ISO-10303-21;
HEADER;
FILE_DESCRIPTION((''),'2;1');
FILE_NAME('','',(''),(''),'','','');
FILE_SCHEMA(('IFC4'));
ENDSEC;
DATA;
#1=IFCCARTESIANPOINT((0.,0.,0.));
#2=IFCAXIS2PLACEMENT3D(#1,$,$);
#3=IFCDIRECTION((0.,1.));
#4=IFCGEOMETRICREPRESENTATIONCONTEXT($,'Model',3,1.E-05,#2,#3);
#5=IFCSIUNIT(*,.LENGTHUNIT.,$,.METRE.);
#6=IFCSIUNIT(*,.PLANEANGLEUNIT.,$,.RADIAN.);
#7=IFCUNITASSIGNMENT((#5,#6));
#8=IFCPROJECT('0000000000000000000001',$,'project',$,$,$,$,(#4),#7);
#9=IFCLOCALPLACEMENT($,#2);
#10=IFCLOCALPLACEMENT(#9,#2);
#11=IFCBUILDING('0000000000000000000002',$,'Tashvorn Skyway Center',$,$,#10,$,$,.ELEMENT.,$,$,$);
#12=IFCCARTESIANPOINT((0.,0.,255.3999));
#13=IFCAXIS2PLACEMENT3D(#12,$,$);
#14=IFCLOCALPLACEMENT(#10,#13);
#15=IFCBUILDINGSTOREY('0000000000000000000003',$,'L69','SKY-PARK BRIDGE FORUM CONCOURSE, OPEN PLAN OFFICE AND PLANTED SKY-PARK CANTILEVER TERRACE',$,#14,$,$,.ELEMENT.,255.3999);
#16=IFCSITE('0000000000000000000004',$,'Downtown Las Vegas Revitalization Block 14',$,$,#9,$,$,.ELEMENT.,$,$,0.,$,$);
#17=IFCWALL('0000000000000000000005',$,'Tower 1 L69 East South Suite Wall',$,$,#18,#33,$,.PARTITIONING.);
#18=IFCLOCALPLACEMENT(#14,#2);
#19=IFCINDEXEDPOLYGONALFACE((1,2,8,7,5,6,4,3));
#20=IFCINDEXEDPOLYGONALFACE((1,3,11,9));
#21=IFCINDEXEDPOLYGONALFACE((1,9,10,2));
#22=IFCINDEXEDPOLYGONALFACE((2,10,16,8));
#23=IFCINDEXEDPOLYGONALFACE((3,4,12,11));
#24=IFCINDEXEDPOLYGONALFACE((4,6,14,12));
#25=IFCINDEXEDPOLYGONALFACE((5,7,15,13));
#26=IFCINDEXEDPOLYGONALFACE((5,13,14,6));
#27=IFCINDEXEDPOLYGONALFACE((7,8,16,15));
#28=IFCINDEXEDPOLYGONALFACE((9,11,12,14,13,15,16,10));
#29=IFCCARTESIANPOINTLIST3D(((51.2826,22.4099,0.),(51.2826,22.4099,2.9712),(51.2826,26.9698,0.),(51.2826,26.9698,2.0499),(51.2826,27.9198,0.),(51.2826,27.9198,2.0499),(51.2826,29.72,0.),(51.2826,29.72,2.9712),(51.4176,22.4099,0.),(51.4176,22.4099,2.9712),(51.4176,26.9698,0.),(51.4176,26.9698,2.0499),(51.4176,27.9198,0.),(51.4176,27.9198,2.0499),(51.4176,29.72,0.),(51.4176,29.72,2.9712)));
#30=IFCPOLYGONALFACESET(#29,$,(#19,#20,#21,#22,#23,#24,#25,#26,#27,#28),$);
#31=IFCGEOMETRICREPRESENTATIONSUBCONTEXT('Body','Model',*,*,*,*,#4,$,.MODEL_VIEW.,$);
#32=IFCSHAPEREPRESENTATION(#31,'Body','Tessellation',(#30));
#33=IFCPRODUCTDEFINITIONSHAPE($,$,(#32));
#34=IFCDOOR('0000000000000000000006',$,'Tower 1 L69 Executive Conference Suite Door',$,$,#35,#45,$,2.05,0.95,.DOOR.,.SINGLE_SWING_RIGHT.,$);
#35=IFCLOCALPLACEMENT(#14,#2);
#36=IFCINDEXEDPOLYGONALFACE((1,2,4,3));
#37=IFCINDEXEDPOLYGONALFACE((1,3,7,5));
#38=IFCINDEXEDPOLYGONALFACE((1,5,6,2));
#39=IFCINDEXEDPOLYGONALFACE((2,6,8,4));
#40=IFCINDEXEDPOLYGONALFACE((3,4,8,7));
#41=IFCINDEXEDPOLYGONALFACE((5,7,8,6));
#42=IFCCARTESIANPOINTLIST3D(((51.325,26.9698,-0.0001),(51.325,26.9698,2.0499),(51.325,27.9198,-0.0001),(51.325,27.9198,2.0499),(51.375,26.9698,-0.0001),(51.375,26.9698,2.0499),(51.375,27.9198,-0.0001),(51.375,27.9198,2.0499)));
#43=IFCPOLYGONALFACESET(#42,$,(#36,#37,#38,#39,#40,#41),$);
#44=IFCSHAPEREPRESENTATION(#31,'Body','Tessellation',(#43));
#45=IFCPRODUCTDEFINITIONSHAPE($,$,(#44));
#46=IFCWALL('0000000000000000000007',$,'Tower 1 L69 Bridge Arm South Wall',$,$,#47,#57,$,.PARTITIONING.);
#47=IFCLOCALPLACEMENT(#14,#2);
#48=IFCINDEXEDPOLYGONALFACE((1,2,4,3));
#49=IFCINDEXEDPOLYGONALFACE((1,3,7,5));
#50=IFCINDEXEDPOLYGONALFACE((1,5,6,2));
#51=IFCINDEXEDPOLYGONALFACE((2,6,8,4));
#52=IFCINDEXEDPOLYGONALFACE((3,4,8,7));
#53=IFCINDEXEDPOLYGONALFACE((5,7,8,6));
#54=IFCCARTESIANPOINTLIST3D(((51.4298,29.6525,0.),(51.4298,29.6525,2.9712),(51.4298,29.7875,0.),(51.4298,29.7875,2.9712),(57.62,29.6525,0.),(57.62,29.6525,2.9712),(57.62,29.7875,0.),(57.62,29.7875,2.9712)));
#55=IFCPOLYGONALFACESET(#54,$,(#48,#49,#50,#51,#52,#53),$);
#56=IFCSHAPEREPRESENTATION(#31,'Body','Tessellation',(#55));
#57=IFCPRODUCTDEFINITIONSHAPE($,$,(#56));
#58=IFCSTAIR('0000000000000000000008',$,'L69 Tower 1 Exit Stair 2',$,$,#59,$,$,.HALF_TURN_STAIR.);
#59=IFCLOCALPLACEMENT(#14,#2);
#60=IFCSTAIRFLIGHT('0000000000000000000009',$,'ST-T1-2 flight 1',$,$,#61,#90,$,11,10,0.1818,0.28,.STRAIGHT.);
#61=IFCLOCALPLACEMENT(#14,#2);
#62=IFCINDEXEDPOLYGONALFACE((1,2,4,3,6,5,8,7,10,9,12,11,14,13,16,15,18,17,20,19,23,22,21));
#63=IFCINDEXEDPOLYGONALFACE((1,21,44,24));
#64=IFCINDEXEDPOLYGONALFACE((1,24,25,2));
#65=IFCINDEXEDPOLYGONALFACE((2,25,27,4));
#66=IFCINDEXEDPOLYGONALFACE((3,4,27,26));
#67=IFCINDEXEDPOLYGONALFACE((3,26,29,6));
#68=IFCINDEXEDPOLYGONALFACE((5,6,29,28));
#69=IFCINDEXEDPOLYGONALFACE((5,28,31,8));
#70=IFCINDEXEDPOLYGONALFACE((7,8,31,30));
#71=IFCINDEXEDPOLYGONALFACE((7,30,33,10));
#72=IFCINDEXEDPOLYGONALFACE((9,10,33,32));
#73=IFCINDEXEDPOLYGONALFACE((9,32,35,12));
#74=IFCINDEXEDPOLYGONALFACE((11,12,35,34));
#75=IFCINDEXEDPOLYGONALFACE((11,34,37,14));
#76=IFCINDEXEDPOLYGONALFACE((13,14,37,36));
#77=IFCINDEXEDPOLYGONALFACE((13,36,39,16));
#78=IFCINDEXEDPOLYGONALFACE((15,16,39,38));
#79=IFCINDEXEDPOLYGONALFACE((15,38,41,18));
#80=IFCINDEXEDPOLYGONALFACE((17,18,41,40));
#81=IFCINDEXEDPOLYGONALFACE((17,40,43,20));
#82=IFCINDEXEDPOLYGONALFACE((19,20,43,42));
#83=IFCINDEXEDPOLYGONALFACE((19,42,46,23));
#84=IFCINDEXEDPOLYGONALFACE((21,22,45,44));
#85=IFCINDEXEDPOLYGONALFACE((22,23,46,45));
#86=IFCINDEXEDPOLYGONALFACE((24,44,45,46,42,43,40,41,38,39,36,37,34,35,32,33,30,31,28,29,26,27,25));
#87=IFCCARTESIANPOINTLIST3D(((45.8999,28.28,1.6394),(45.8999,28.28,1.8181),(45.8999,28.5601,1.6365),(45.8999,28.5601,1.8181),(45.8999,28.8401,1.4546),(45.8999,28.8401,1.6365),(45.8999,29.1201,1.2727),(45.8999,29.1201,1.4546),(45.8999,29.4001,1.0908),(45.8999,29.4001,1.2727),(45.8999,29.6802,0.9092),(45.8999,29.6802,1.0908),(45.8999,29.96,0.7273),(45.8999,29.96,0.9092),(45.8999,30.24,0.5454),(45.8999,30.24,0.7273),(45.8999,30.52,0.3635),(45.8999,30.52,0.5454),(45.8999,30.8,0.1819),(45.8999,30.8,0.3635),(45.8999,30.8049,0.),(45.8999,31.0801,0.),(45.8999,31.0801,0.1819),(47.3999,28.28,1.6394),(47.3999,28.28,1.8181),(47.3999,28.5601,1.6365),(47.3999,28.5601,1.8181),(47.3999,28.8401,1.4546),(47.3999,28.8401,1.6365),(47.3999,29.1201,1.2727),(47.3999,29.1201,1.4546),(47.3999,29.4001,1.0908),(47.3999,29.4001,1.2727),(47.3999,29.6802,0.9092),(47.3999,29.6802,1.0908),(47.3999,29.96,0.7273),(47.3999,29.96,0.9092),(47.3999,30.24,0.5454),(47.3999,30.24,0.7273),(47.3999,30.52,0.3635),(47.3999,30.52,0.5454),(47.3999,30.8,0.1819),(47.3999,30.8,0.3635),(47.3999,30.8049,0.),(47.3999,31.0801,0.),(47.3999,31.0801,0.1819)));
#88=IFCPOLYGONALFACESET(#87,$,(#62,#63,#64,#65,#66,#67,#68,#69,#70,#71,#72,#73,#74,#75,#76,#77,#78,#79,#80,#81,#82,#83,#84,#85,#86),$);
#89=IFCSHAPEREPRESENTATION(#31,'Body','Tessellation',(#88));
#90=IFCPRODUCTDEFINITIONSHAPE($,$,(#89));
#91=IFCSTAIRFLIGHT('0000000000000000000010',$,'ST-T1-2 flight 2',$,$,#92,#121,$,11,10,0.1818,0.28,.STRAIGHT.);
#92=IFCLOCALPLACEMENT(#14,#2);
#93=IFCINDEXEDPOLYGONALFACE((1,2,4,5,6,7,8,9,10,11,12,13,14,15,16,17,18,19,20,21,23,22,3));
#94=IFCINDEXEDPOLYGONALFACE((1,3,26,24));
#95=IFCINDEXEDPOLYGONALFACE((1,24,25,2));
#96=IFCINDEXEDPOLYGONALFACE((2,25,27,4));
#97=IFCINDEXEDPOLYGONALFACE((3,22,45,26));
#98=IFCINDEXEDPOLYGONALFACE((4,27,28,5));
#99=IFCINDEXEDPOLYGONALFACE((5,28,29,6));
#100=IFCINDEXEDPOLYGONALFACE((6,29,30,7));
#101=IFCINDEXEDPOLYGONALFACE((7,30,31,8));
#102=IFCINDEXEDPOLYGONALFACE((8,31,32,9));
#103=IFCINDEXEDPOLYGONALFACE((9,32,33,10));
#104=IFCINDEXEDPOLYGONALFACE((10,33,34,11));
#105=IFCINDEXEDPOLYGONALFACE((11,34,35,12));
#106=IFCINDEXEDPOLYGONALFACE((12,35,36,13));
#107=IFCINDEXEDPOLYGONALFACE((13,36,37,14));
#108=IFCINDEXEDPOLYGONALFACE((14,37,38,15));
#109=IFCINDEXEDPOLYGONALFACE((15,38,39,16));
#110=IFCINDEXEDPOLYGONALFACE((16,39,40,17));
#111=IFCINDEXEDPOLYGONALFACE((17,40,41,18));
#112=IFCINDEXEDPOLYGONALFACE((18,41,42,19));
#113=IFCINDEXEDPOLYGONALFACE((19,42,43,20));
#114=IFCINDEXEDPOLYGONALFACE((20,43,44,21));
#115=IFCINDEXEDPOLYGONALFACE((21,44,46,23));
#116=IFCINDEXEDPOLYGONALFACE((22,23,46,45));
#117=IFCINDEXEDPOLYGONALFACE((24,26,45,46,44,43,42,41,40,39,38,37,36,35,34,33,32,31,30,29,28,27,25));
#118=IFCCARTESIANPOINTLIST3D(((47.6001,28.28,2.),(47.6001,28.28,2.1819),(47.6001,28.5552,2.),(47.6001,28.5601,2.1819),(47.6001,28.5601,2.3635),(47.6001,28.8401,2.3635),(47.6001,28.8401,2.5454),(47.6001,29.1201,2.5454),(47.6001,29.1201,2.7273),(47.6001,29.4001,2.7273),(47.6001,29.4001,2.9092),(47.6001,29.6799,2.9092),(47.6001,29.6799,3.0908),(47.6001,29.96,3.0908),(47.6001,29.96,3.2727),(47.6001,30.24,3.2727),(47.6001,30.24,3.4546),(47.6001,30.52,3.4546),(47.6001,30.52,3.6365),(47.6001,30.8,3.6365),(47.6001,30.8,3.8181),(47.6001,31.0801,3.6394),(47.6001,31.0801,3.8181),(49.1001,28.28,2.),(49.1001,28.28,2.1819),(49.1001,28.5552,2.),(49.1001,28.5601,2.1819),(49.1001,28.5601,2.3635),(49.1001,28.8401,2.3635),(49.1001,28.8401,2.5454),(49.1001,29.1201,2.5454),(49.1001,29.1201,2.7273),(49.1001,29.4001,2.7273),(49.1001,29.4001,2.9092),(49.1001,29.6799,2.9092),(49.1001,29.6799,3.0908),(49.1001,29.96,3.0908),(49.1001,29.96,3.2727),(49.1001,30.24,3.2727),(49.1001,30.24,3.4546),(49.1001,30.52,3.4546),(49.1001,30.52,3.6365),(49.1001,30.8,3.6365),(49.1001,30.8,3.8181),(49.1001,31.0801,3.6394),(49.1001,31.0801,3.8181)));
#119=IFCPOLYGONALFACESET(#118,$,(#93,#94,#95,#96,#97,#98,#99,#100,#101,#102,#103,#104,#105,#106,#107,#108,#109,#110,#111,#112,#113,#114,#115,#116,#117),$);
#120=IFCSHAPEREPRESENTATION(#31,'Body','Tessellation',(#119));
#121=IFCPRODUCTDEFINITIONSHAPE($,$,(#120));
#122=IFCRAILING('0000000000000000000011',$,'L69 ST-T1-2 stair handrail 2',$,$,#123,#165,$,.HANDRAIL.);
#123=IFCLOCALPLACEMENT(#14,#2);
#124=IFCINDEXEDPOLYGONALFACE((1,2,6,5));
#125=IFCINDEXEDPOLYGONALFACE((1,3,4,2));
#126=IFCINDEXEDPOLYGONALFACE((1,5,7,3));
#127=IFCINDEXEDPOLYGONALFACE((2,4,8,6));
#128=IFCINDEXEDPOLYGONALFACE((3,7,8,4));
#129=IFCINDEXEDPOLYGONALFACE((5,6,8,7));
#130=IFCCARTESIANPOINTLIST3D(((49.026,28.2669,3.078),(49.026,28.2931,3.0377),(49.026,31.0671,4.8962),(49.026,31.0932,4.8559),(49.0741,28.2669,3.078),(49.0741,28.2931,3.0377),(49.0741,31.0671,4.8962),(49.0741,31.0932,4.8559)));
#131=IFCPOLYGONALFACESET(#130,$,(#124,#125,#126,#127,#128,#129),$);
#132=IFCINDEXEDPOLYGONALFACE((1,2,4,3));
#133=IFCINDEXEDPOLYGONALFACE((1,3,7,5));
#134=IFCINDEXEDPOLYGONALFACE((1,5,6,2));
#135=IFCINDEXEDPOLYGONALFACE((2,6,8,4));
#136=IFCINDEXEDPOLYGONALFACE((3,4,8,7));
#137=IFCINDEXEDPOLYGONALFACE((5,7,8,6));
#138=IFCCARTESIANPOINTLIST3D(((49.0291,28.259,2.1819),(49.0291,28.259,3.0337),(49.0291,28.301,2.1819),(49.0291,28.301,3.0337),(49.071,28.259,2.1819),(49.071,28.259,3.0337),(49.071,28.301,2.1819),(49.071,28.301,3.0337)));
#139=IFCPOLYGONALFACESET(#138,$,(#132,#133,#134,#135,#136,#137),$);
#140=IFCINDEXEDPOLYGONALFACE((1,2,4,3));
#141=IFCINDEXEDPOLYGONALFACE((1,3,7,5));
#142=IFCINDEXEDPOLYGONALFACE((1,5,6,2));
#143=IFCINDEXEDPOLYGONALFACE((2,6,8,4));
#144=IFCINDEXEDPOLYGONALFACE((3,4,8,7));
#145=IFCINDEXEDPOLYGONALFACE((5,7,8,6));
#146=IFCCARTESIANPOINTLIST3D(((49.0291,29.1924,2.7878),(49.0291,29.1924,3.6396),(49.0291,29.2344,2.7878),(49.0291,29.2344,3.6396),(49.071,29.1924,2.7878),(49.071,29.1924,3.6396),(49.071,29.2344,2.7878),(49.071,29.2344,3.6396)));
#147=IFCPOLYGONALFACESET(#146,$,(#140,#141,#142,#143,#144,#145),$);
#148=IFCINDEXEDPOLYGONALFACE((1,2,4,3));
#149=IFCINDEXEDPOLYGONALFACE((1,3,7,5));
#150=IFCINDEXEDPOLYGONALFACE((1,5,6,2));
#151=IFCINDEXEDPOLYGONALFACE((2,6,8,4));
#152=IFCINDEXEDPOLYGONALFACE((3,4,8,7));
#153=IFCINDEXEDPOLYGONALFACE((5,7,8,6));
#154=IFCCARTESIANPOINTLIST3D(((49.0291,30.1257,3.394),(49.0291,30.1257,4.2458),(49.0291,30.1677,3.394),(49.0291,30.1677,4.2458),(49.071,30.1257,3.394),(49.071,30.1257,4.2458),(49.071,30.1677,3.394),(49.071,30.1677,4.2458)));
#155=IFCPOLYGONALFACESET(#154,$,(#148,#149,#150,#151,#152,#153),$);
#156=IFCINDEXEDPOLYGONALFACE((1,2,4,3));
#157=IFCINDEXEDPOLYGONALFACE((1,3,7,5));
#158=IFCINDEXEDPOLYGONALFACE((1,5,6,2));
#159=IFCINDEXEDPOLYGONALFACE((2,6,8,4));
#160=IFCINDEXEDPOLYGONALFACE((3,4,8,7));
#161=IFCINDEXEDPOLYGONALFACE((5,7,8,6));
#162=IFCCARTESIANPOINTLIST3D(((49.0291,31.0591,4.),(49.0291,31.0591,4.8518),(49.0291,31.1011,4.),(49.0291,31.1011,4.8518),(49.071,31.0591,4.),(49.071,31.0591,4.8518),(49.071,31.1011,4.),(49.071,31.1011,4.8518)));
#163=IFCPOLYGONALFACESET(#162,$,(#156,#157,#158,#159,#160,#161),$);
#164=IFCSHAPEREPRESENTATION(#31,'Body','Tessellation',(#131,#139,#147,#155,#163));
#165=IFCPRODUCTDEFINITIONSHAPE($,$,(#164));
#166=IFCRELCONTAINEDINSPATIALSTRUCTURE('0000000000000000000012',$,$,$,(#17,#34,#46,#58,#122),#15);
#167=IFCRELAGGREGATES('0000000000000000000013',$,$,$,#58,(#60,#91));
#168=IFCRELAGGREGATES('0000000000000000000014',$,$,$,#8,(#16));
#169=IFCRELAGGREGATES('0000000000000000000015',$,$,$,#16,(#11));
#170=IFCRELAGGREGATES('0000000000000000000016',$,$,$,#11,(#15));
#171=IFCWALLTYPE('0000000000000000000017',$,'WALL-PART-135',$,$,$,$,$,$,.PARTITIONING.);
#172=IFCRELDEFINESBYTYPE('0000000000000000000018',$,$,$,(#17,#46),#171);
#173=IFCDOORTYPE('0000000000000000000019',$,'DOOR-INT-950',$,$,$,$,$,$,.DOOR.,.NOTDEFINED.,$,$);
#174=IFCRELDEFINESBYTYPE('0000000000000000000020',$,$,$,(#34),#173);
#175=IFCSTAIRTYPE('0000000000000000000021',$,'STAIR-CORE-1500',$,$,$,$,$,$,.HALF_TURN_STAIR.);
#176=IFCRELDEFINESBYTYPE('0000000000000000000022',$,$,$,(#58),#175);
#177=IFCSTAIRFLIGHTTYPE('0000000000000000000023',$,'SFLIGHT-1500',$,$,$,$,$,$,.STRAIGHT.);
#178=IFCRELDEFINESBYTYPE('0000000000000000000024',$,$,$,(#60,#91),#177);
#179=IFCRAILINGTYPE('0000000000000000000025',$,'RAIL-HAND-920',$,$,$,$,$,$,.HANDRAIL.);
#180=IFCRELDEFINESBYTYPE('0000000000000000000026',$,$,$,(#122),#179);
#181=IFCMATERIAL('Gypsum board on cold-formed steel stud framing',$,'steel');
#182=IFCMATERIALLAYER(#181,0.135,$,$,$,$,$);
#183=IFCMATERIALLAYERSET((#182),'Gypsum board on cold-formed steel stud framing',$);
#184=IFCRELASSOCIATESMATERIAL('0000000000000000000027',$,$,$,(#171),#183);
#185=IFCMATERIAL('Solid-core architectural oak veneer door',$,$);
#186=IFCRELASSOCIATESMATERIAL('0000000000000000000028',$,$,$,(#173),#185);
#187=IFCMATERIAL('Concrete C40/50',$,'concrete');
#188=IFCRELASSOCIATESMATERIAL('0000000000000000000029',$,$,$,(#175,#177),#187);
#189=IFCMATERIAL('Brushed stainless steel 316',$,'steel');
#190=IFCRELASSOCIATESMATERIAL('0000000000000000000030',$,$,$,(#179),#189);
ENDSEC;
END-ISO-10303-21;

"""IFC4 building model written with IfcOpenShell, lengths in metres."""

from ifc_helpers import new_model, si_unit, direction, frame, frame_2d, origin, origin_2d, place, context, subcontext, project, spatial, polyline, rectangle, outline, extrude, material, layer, layer_set, type_object, element, fill, aggregate, save


model = new_model("IFC4")

# Units and contexts
model_context = context("Model", 3, precision=1e-05, world=origin(), true_north=direction((0.0, 1.0)))
body_context = subcontext(model_context, "Body", "Model", "MODEL_VIEW")
ifc_project = project(units=[si_unit("LENGTHUNIT", "METRE"), si_unit("PLANEANGLEUNIT", "RADIAN")], contexts=[model_context])

# Site, building, storey
site_placement = place(None, origin())
site = spatial("IfcSite", under=ifc_project, at=site_placement, Name="Downtown Las Vegas Revitalization Block 14", CompositionType="ELEMENT", RefElevation=0.0)
building_placement = place(site_placement, origin())
building = spatial("IfcBuilding", under=site, at=building_placement, Name="Tashvorn Skyway Center", CompositionType="ELEMENT")
storey_placement = place(building_placement, frame((0.0, 0.0, 255.3999)))
storey = spatial("IfcBuildingStorey", under=building, at=storey_placement, Name="L69", Description="SKY-PARK BRIDGE FORUM CONCOURSE, OPEN PLAN OFFICE AND PLANTED SKY-PARK CANTILEVER TERRACE", CompositionType="ELEMENT", Elevation=255.3999)

# Wall, opening, door
ifc_material_1 = material(Name="Gypsum board on cold-formed steel stud framing", Category="steel")
ifc_layer_1 = layer(ifc_material_1, 0.135)
ifc_layer_set_1 = layer_set([ifc_layer_1], Name="Gypsum board on cold-formed steel stud framing")
wall_type_1 = type_object("IfcWallType", Name="WALL-PART-135", PredefinedType="PARTITIONING", material=ifc_layer_set_1)
wall_1_placement = place(storey_placement, frame((51.3501, 29.72, 0.0), z_axis=(0.0, 0.0, 1.0), x_axis=(0.0, -1.0, 0.0)))
wall_1 = element("IfcWall", 1, at=wall_1_placement, inside=storey, type_object=wall_type_1, Name="Tower 1 L69 East South Suite Wall", PredefinedType="PARTITIONING", context=body_context, shape_type="SweptSolid", body=[
    extrude(rectangle(XDim=7.3101, YDim=0.135, at=frame_2d((3.655, 0.0))), origin(), (0.0, 0.0, 1.0), 2.9712),
])
opening_1_placement = place(wall_1_placement, frame((1.8, 0.0, 0.0)))
opening_1 = element("IfcOpeningElement", 2, at=opening_1_placement, cuts=wall_1, PredefinedType="OPENING", context=body_context, shape_type="SweptSolid", body=[
    extrude(rectangle(XDim=0.95, YDim=2.05, at=frame_2d((0.4751, 1.0249))), frame((0.0, 0.0774, 0.0), z_axis=(0.0, -1.0, 0.0), x_axis=(1.0, 0.0, 0.0)), (0.0, 0.0, 1.0), 0.155),
])
ifc_material_2 = material(Name="Solid-core architectural oak veneer door")
door_type_1 = type_object("IfcDoorType", Name="DOOR-INT-950", OperationType="NOTDEFINED", PredefinedType="DOOR", material=ifc_material_2)
door_1_placement = place(opening_1_placement, origin())
door_1 = element("IfcDoor", 3, at=door_1_placement, inside=storey, type_object=door_type_1, Name="Tower 1 L69 Executive Conference Suite Door", OperationType="SINGLE_SWING_RIGHT", OverallHeight=2.05, OverallWidth=0.95, PredefinedType="DOOR", context=body_context, shape_type="SweptSolid", body=[
    extrude(rectangle(XDim=0.95, YDim=2.05, at=frame_2d((0.4751, 1.0249))), frame((0.0, 0.0249, 0.0), z_axis=(0.0, -1.0, 0.0), x_axis=(1.0, 0.0, 0.0)), (0.0, 0.0, 1.0), 0.05),
])
fill(opening_1, door_1)

# Wall
wall_2_placement = place(storey_placement, frame((57.6201, 29.72, 0.0), z_axis=(0.0, 0.0, 1.0), x_axis=(-1.0, 0.0, 0.0)))
element("IfcWall", 4, at=wall_2_placement, inside=storey, type_object=wall_type_1, Name="Tower 1 L69 Bridge Arm South Wall", PredefinedType="PARTITIONING", context=body_context, shape_type="SweptSolid", body=[
    extrude(rectangle(XDim=6.1902, YDim=0.135, at=frame_2d((3.0952, 0.0))), origin(), (0.0, 0.0, 1.0), 2.9712),
])

# Stair, stair flights
ifc_material_3 = material(Name="Concrete C40/50", Category="concrete")
stair_type = type_object("IfcStairType", Name="STAIR-CORE-1500", PredefinedType="HALF_TURN_STAIR", material=ifc_material_3)
stair_placement = place(storey_placement, origin())
stair = element("IfcStair", 5, at=stair_placement, inside=storey, type_object=stair_type, Name="L69 Tower 1 Exit Stair 2", PredefinedType="HALF_TURN_STAIR")
stair_flight_type = type_object("IfcStairFlightType", Name="SFLIGHT-1500", PredefinedType="STRAIGHT", material=ifc_material_3)
stair_flight_1_placement = place(storey_placement, frame((46.6499, 31.0801, 0.0), z_axis=(0.0, 0.0, 1.0), x_axis=(0.0, -1.0, 0.0)))
stair_flight_1 = element("IfcStairFlight", 6, at=stair_flight_1_placement, type_object=stair_flight_type, Name="ST-T1-2 flight 1", NumberOfRisers=11, NumberOfTreads=10, PredefinedType="STRAIGHT", RiserHeight=0.1818, TreadLength=0.28, context=body_context, shape_type="SweptSolid", body=[
    extrude(outline(polyline([(0.0, 0.0), (0.0, 0.1819), (0.28, 0.1819), (0.28, 0.3635), (0.5601, 0.3635), (0.5601, 0.5454), (0.8401, 0.5454), (0.8401, 0.7273), (1.1201, 0.7273), (1.1201, 0.9092), (1.3999, 0.9092), (1.3999, 1.0908), (1.6799, 1.0908), (1.6799, 1.2727), (1.96, 1.2727), (1.96, 1.4546), (2.24, 1.4546), (2.24, 1.6365), (2.52, 1.6365), (2.52, 1.8181), (2.8, 1.8181), (2.8, 2.0), (2.8, 1.6394), (0.2751, 0.0), (0.0, 0.0)])), frame((0.0, 0.75, 0.0), z_axis=(0.0, -1.0, 0.0), x_axis=(1.0, 0.0, 0.0)), (0.0, 0.0, 1.0), 1.5),
])
stair_flight_2_placement = place(storey_placement, frame((48.3501, 28.28, 2.0), z_axis=(0.0, 0.0, 1.0), x_axis=(0.0, 1.0, 0.0)))
stair_flight_2 = element("IfcStairFlight", 7, at=stair_flight_2_placement, type_object=stair_flight_type, Name="ST-T1-2 flight 2", NumberOfRisers=11, NumberOfTreads=10, PredefinedType="STRAIGHT", RiserHeight=0.1818, TreadLength=0.28, context=body_context, shape_type="SweptSolid", body=[
    extrude(outline(polyline([(0.0, 0.0), (0.0, 0.1819), (0.28, 0.1819), (0.28, 0.3635), (0.5601, 0.3635), (0.5601, 0.5454), (0.8401, 0.5454), (0.8401, 0.7273), (1.1201, 0.7273), (1.1201, 0.9092), (1.3999, 0.9092), (1.3999, 1.0908), (1.6799, 1.0908), (1.6799, 1.2727), (1.96, 1.2727), (1.96, 1.4546), (2.24, 1.4546), (2.24, 1.6365), (2.52, 1.6365), (2.52, 1.8181), (2.8, 1.8181), (2.8, 2.0), (2.8, 1.6394), (0.2751, 0.0), (0.0, 0.0)])), frame((0.0, 0.75, 0.0), z_axis=(0.0, -1.0, 0.0), x_axis=(1.0, 0.0, 0.0)), (0.0, 0.0, 1.0), 1.5),
])
aggregate(stair, [stair_flight_1, stair_flight_2])

# Railing
ifc_material_4 = material(Name="Brushed stainless steel 316", Category="steel")
railing_type_1 = type_object("IfcRailingType", Name="RAIL-HAND-920", PredefinedType="HANDRAIL", material=ifc_material_4)
railing_1_placement = place(storey_placement, frame((49.05, 28.28, 2.1819)))
element("IfcRailing", 8, at=railing_1_placement, inside=storey, type_object=railing_type_1, Name="L69 ST-T1-2 stair handrail 2", PredefinedType="HANDRAIL", context=body_context, shape_type="SweptSolid", body=[
    extrude(rectangle(XDim=0.0481, YDim=0.0481, at=origin_2d()), frame((0.0, 0.0, 0.876), z_axis=(0.0, 0.838706, 0.544585), x_axis=(-1.0, 0.0, 0.0)), (0.0, 0.0, 1.0), 3.3386),
    extrude(rectangle(XDim=0.042, YDim=0.042, at=origin_2d()), origin(), (0.0, 0.0, 1.0), 0.8518),
    extrude(rectangle(XDim=0.042, YDim=0.042, at=origin_2d()), frame((0.0, 0.9333, 0.606)), (0.0, 0.0, 1.0), 0.8518),
    extrude(rectangle(XDim=0.042, YDim=0.042, at=origin_2d()), frame((0.0, 1.8667, 1.2122)), (0.0, 0.0, 1.0), 0.8518),
    extrude(rectangle(XDim=0.042, YDim=0.042, at=origin_2d()), frame((0.0, 2.8, 1.8181)), (0.0, 0.0, 1.0), 0.8518),
])

save(model, "model.ifc")
